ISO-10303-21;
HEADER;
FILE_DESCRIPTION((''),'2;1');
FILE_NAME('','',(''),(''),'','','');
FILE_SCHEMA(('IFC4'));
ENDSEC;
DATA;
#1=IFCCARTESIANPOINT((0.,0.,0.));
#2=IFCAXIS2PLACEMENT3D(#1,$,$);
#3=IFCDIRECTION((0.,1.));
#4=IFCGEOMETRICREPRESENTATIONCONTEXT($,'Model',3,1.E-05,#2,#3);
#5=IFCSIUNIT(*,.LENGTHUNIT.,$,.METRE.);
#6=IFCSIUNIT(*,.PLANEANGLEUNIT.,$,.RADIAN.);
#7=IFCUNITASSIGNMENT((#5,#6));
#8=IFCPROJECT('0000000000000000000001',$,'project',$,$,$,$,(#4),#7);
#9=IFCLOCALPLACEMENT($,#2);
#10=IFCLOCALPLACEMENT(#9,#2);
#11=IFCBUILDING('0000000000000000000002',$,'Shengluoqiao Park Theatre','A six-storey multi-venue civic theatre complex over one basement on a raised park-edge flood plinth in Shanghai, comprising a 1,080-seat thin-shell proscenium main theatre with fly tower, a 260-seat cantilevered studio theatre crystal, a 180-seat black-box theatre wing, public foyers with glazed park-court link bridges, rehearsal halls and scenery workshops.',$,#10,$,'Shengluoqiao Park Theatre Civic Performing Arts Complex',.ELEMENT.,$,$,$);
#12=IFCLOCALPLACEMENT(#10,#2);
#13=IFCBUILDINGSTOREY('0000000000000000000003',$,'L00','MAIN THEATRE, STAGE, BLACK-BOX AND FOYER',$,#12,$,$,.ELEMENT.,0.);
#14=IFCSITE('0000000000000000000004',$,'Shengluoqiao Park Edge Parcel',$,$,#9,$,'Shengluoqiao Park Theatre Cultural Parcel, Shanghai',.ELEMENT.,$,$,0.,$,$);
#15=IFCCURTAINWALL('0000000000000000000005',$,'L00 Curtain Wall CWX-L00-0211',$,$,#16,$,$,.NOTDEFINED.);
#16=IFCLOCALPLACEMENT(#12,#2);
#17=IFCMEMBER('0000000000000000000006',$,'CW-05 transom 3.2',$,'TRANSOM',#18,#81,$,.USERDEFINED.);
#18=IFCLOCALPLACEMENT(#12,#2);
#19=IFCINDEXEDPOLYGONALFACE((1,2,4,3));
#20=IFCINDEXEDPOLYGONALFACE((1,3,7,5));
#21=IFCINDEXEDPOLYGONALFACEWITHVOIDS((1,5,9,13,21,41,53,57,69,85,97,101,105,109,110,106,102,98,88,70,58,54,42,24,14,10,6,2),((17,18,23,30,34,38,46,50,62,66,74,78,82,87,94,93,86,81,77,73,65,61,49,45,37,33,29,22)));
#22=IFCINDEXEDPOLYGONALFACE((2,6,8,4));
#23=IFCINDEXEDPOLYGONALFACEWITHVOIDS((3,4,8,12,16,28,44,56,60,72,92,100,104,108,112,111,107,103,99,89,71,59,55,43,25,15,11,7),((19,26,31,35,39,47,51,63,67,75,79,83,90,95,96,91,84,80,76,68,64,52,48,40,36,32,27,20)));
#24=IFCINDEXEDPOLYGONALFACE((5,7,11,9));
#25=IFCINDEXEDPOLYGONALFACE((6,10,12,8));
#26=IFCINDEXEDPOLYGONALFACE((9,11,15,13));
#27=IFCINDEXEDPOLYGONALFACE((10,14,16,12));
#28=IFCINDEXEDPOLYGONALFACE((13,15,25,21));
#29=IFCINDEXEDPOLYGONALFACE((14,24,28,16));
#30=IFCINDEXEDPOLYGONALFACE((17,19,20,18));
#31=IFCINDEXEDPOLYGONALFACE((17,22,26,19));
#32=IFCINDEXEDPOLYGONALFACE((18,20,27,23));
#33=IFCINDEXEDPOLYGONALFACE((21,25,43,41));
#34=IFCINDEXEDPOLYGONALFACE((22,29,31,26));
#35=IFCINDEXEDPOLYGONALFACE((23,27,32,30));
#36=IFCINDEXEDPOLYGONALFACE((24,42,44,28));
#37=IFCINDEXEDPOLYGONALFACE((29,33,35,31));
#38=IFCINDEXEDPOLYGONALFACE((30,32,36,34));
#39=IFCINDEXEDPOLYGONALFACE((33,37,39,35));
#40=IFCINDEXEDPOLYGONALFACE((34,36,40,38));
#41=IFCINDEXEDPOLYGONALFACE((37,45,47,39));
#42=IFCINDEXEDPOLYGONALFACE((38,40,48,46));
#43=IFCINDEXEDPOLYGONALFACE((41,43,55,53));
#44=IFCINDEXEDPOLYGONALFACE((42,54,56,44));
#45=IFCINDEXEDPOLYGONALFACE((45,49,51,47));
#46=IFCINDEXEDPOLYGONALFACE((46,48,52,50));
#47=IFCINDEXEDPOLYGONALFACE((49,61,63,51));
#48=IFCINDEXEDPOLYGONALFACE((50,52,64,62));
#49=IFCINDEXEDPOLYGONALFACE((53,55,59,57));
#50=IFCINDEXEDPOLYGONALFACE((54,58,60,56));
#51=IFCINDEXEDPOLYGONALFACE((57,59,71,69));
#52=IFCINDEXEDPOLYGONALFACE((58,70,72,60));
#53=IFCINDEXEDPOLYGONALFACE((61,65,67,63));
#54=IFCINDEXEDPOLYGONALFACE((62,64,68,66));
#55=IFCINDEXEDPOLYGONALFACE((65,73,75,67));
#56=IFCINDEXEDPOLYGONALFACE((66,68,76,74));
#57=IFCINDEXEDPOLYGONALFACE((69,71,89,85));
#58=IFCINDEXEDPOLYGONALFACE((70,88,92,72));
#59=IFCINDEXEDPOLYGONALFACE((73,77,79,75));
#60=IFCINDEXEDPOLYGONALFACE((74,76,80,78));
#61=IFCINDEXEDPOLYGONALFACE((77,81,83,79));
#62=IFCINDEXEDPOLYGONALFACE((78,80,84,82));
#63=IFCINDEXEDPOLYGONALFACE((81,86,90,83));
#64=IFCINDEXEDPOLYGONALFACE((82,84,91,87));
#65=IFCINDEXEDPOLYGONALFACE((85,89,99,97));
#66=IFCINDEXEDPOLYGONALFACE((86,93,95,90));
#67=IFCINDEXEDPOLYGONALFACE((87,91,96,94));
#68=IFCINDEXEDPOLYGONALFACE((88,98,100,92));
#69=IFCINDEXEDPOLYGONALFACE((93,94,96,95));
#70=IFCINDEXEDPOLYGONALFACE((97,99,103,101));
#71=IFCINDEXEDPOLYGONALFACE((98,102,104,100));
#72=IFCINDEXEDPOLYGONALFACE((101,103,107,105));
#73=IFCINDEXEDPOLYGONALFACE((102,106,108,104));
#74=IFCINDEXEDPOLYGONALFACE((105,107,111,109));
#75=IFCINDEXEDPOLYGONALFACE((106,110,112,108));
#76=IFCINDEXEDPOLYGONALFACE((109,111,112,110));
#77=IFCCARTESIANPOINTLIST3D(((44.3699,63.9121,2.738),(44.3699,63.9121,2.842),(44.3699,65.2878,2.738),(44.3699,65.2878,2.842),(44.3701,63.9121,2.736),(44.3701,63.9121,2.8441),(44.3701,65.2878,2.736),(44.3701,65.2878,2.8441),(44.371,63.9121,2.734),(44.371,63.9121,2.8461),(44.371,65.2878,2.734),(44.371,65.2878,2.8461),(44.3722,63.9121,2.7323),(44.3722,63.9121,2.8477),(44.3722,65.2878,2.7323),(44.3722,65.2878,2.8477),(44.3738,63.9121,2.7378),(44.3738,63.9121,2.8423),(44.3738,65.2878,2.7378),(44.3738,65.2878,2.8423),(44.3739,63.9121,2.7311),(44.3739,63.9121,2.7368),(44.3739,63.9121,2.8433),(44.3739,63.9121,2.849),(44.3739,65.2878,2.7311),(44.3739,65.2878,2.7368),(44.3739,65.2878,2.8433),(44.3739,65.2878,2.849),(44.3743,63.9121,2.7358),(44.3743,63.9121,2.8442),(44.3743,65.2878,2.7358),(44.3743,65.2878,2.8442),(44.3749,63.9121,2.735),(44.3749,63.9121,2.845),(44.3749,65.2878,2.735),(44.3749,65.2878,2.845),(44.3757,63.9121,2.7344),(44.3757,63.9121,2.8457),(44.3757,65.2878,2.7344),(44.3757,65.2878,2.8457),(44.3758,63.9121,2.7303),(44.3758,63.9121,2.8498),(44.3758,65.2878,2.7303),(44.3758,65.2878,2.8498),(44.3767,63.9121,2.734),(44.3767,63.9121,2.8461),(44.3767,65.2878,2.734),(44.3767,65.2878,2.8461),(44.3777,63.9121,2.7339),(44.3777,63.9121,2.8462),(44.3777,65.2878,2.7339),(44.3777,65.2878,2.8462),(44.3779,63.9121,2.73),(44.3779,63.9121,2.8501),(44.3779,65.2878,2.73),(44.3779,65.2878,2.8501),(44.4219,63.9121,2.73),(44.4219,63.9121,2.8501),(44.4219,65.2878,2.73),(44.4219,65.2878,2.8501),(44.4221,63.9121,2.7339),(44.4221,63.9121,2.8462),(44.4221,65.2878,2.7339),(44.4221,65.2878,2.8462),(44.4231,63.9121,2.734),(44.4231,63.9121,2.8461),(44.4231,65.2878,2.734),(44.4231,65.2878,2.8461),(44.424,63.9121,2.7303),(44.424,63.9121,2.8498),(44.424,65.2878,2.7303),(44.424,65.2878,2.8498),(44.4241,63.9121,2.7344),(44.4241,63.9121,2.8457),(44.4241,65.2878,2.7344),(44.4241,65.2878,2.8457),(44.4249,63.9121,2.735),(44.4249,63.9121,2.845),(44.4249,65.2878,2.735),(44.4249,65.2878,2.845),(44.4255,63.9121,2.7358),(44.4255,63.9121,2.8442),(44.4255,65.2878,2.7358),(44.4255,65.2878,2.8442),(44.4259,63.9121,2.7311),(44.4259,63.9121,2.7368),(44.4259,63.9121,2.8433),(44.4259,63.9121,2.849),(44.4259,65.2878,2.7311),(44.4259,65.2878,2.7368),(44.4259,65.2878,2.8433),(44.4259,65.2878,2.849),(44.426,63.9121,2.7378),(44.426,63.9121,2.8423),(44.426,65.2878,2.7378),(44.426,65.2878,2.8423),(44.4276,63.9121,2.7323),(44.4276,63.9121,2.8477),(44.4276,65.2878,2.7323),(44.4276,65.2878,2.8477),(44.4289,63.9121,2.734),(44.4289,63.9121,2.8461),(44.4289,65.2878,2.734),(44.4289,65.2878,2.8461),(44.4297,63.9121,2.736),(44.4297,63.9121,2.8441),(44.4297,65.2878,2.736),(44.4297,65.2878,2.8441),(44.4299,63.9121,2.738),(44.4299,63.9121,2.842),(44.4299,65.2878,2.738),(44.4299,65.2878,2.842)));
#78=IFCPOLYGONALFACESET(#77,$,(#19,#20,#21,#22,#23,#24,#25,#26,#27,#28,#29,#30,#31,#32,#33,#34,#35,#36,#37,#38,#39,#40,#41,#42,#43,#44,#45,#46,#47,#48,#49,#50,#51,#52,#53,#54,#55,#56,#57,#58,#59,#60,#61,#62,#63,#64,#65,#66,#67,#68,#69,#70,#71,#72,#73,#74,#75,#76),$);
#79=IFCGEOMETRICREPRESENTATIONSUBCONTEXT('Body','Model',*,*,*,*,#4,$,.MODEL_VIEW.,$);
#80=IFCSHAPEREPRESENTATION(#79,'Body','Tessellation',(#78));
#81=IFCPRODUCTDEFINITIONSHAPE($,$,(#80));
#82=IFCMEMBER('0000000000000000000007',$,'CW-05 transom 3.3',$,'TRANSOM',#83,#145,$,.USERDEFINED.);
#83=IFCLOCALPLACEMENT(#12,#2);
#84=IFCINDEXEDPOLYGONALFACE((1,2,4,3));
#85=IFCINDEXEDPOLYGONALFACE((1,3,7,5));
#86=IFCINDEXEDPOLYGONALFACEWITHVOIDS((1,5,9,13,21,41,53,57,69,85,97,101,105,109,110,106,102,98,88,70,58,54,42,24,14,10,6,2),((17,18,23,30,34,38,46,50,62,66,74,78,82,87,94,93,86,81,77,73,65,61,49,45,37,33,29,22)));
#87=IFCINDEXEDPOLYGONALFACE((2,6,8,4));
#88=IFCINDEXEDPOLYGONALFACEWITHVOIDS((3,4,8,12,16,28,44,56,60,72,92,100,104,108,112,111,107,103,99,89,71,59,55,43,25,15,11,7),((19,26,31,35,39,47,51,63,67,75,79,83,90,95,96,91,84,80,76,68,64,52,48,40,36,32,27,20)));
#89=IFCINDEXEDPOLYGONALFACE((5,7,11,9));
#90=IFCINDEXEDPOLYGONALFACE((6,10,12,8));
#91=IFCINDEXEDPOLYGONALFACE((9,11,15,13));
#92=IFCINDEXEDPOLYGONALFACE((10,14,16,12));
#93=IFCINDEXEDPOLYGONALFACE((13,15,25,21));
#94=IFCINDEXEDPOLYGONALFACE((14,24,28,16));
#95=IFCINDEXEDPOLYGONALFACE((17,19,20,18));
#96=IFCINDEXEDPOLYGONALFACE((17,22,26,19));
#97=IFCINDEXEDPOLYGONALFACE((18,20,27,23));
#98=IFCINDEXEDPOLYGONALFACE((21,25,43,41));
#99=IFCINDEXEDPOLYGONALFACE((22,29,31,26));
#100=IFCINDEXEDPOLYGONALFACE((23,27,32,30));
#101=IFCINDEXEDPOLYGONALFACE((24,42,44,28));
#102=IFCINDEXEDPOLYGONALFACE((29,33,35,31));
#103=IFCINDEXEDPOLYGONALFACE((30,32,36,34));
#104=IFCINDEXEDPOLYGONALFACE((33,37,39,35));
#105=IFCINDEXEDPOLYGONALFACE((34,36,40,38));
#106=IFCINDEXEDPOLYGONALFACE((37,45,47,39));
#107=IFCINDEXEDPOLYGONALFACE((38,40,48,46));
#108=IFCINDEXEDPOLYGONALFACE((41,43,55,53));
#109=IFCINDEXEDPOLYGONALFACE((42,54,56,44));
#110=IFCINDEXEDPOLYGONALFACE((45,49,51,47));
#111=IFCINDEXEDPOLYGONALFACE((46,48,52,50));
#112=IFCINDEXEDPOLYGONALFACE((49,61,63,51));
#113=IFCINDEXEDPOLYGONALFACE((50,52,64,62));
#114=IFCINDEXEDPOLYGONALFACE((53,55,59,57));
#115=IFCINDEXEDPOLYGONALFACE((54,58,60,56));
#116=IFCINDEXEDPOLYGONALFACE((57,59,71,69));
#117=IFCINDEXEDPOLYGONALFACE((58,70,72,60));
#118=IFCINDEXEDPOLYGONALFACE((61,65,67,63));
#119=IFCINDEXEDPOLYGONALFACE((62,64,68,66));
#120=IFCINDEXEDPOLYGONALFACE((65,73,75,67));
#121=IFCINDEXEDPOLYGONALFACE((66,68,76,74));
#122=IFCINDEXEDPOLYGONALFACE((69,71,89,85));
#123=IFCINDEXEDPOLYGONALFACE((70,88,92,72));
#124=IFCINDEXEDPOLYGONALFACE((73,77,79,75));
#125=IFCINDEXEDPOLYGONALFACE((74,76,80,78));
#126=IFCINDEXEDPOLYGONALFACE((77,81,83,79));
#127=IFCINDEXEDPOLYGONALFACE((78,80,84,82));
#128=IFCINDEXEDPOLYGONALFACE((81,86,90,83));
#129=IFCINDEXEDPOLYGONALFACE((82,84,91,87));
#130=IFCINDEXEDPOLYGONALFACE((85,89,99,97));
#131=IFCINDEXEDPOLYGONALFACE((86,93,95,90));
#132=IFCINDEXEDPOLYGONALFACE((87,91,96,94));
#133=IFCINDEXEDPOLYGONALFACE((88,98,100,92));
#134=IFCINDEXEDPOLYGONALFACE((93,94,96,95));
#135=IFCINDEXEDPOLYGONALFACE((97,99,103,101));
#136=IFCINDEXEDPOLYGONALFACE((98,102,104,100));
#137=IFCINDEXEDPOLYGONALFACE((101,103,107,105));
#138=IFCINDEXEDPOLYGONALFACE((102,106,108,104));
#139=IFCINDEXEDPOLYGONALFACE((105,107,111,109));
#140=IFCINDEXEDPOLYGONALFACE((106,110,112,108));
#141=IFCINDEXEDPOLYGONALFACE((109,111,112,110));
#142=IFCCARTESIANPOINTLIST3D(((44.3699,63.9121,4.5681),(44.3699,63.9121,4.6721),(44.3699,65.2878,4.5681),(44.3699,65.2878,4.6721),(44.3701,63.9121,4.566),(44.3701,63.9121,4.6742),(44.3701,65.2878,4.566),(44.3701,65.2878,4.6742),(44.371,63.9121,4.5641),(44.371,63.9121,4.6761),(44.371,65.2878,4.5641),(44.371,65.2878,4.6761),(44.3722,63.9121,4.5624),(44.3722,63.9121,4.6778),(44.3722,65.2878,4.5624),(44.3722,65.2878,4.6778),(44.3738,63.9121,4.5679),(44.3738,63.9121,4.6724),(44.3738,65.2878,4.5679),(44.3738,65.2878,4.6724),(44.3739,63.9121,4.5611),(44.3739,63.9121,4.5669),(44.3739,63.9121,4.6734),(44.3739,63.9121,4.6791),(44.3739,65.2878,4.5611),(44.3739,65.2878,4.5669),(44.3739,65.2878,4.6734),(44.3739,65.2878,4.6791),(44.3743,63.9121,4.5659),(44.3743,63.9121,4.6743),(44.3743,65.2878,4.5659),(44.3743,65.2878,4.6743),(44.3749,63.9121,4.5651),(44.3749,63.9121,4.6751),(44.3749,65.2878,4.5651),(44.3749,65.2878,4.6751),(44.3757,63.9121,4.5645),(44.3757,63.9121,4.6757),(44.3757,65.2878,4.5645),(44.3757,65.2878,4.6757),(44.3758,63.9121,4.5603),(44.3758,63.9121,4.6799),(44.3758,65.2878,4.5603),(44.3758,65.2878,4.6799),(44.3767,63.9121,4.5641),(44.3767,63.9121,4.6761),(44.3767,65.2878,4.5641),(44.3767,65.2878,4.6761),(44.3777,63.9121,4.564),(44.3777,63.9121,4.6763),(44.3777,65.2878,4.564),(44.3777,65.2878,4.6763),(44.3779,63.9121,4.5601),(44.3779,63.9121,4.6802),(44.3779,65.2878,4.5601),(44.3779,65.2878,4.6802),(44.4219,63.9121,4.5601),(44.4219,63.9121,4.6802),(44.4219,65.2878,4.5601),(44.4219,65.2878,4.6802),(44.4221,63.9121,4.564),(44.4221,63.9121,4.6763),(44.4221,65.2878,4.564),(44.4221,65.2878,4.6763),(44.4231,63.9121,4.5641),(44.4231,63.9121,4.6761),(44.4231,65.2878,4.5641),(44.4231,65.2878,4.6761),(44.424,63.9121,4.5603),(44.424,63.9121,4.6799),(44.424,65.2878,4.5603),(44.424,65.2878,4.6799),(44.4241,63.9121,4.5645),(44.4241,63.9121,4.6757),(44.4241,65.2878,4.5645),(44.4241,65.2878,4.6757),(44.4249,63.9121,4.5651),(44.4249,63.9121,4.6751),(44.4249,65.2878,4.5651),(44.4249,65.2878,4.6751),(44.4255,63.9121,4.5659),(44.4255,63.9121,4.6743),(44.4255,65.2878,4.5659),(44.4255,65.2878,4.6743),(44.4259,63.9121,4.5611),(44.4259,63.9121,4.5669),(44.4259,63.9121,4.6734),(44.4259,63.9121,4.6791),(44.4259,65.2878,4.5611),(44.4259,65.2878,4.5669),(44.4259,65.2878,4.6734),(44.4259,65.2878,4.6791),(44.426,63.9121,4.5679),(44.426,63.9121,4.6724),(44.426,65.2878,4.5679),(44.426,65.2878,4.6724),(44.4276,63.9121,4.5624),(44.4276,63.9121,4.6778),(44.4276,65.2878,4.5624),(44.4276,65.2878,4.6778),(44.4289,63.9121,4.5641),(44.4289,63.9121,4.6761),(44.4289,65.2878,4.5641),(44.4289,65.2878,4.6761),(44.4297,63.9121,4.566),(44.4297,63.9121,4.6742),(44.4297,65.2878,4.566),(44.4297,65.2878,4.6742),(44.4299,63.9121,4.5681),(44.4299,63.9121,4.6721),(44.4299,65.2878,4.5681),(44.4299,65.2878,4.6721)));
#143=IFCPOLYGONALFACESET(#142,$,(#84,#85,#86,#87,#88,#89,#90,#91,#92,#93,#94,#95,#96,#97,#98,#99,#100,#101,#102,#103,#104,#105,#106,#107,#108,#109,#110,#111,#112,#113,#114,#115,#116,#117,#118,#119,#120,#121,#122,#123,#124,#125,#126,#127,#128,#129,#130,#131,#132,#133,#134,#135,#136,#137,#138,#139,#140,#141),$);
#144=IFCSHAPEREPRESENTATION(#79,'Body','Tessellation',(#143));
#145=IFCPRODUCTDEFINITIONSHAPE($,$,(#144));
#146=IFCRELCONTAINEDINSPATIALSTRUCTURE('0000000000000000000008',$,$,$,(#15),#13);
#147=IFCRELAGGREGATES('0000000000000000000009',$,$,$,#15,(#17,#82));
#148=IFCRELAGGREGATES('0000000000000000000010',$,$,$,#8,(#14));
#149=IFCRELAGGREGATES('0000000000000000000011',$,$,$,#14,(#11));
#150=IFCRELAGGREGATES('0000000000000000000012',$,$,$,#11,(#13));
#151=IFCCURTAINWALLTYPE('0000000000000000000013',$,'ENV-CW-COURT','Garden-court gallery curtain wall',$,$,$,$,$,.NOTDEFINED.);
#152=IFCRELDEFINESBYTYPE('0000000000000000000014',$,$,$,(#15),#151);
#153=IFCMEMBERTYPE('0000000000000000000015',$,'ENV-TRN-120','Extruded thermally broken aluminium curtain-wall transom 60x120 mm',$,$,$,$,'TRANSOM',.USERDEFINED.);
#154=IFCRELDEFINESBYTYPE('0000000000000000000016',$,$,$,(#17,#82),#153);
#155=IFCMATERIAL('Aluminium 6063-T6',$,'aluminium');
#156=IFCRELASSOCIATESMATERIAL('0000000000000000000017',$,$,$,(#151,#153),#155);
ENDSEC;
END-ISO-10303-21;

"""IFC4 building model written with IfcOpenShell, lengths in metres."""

from ifc_helpers import new_model, si_unit, direction, frame, origin, origin_2d, place, context, subcontext, project, spatial, hollow_rectangle, extrude, material, material_profile, profile_set, type_object, element, aggregate, save


model = new_model("IFC4")

# Units and contexts
model_context = context("Model", 3, precision=1e-05, world=origin(), true_north=direction((0.0, 1.0)))
body_context = subcontext(model_context, "Body", "Model", "MODEL_VIEW")
ifc_project = project(units=[si_unit("LENGTHUNIT", "METRE"), si_unit("PLANEANGLEUNIT", "RADIAN")], contexts=[model_context])

# Site, building, storey
site_placement = place(None, origin())
site = spatial("IfcSite", under=ifc_project, at=site_placement, Name="Shengluoqiao Park Edge Parcel", LongName="Shengluoqiao Park Theatre Cultural Parcel, Shanghai", CompositionType="ELEMENT", RefElevation=0.0)
building_placement = place(site_placement, origin())
building = spatial("IfcBuilding", under=site, at=building_placement, Name="Shengluoqiao Park Theatre", Description="A six-storey multi-venue civic theatre complex over one basement on a raised park-edge flood plinth in Shanghai, comprising a 1,080-seat thin-shell proscenium main theatre with fly tower, a 260-seat cantilevered studio theatre crystal, a 180-seat black-box theatre wing, public foyers with glazed park-court link bridges, rehearsal halls and scenery workshops.", LongName="Shengluoqiao Park Theatre Civic Performing Arts Complex", CompositionType="ELEMENT")
storey_placement = place(building_placement, origin())
storey = spatial("IfcBuildingStorey", under=building, at=storey_placement, Name="L00", Description="MAIN THEATRE, STAGE, BLACK-BOX AND FOYER", CompositionType="ELEMENT", Elevation=0.0)

# Curtain wall, members
ifc_material_1 = material(Name="Aluminium 6063-T6", Category="aluminium")
curtain_wall_type = type_object("IfcCurtainWallType", Name="ENV-CW-COURT", Description="Garden-court gallery curtain wall", PredefinedType="NOTDEFINED", material=ifc_material_1)
curtain_wall_placement = place(storey_placement, origin())
curtain_wall = element("IfcCurtainWall", 1, at=curtain_wall_placement, inside=storey, type_object=curtain_wall_type, Name="L00 Curtain Wall CWX-L00-0211", PredefinedType="NOTDEFINED")
ifc_material_profile_1 = material_profile(ifc_material_1, hollow_rectangle(XDim=0.0601, YDim=0.1201, WallThickness=0.0039, InnerFilletRadius=0.0039, OuterFilletRadius=0.0081, at=origin_2d()), Name="ALU TRANSOM 120x60x4")
ifc_profile_set_1 = profile_set([ifc_material_profile_1], Name="Aluminium 6063-T6")
member_type_1 = type_object("IfcMemberType", Name="ENV-TRN-120", Description="Extruded thermally broken aluminium curtain-wall transom 60x120 mm", ElementType="TRANSOM", PredefinedType="USERDEFINED", material=ifc_profile_set_1)
member_1_placement = place(storey_placement, frame((44.3999, 63.9121, 2.79), z_axis=(0.0, 1.0, 0.0), x_axis=(-1.0, 0.0, 0.0)))
member_1 = element("IfcMember", 2, at=member_1_placement, type_object=member_type_1, Name="CW-05 transom 3.2", ObjectType="TRANSOM", PredefinedType="USERDEFINED", context=body_context, shape_type="SweptSolid", body=[
    extrude(hollow_rectangle(XDim=0.0601, YDim=0.1201, WallThickness=0.0039, InnerFilletRadius=0.0039, OuterFilletRadius=0.0081, at=origin_2d()), origin(), (0.0, 0.0, 1.0), 1.3757),
])
member_2_placement = place(storey_placement, frame((44.3999, 63.9121, 4.6201), z_axis=(0.0, 1.0, 0.0), x_axis=(-1.0, 0.0, 0.0)))
member_2 = element("IfcMember", 3, at=member_2_placement, type_object=member_type_1, Name="CW-05 transom 3.3", ObjectType="TRANSOM", PredefinedType="USERDEFINED", context=body_context, shape_type="SweptSolid", body=[
    extrude(hollow_rectangle(XDim=0.0601, YDim=0.1201, WallThickness=0.0039, InnerFilletRadius=0.0039, OuterFilletRadius=0.0081, at=origin_2d()), origin(), (0.0, 0.0, 1.0), 1.3757),
])
aggregate(curtain_wall, [member_1, member_2])

save(model, "model.ifc")
